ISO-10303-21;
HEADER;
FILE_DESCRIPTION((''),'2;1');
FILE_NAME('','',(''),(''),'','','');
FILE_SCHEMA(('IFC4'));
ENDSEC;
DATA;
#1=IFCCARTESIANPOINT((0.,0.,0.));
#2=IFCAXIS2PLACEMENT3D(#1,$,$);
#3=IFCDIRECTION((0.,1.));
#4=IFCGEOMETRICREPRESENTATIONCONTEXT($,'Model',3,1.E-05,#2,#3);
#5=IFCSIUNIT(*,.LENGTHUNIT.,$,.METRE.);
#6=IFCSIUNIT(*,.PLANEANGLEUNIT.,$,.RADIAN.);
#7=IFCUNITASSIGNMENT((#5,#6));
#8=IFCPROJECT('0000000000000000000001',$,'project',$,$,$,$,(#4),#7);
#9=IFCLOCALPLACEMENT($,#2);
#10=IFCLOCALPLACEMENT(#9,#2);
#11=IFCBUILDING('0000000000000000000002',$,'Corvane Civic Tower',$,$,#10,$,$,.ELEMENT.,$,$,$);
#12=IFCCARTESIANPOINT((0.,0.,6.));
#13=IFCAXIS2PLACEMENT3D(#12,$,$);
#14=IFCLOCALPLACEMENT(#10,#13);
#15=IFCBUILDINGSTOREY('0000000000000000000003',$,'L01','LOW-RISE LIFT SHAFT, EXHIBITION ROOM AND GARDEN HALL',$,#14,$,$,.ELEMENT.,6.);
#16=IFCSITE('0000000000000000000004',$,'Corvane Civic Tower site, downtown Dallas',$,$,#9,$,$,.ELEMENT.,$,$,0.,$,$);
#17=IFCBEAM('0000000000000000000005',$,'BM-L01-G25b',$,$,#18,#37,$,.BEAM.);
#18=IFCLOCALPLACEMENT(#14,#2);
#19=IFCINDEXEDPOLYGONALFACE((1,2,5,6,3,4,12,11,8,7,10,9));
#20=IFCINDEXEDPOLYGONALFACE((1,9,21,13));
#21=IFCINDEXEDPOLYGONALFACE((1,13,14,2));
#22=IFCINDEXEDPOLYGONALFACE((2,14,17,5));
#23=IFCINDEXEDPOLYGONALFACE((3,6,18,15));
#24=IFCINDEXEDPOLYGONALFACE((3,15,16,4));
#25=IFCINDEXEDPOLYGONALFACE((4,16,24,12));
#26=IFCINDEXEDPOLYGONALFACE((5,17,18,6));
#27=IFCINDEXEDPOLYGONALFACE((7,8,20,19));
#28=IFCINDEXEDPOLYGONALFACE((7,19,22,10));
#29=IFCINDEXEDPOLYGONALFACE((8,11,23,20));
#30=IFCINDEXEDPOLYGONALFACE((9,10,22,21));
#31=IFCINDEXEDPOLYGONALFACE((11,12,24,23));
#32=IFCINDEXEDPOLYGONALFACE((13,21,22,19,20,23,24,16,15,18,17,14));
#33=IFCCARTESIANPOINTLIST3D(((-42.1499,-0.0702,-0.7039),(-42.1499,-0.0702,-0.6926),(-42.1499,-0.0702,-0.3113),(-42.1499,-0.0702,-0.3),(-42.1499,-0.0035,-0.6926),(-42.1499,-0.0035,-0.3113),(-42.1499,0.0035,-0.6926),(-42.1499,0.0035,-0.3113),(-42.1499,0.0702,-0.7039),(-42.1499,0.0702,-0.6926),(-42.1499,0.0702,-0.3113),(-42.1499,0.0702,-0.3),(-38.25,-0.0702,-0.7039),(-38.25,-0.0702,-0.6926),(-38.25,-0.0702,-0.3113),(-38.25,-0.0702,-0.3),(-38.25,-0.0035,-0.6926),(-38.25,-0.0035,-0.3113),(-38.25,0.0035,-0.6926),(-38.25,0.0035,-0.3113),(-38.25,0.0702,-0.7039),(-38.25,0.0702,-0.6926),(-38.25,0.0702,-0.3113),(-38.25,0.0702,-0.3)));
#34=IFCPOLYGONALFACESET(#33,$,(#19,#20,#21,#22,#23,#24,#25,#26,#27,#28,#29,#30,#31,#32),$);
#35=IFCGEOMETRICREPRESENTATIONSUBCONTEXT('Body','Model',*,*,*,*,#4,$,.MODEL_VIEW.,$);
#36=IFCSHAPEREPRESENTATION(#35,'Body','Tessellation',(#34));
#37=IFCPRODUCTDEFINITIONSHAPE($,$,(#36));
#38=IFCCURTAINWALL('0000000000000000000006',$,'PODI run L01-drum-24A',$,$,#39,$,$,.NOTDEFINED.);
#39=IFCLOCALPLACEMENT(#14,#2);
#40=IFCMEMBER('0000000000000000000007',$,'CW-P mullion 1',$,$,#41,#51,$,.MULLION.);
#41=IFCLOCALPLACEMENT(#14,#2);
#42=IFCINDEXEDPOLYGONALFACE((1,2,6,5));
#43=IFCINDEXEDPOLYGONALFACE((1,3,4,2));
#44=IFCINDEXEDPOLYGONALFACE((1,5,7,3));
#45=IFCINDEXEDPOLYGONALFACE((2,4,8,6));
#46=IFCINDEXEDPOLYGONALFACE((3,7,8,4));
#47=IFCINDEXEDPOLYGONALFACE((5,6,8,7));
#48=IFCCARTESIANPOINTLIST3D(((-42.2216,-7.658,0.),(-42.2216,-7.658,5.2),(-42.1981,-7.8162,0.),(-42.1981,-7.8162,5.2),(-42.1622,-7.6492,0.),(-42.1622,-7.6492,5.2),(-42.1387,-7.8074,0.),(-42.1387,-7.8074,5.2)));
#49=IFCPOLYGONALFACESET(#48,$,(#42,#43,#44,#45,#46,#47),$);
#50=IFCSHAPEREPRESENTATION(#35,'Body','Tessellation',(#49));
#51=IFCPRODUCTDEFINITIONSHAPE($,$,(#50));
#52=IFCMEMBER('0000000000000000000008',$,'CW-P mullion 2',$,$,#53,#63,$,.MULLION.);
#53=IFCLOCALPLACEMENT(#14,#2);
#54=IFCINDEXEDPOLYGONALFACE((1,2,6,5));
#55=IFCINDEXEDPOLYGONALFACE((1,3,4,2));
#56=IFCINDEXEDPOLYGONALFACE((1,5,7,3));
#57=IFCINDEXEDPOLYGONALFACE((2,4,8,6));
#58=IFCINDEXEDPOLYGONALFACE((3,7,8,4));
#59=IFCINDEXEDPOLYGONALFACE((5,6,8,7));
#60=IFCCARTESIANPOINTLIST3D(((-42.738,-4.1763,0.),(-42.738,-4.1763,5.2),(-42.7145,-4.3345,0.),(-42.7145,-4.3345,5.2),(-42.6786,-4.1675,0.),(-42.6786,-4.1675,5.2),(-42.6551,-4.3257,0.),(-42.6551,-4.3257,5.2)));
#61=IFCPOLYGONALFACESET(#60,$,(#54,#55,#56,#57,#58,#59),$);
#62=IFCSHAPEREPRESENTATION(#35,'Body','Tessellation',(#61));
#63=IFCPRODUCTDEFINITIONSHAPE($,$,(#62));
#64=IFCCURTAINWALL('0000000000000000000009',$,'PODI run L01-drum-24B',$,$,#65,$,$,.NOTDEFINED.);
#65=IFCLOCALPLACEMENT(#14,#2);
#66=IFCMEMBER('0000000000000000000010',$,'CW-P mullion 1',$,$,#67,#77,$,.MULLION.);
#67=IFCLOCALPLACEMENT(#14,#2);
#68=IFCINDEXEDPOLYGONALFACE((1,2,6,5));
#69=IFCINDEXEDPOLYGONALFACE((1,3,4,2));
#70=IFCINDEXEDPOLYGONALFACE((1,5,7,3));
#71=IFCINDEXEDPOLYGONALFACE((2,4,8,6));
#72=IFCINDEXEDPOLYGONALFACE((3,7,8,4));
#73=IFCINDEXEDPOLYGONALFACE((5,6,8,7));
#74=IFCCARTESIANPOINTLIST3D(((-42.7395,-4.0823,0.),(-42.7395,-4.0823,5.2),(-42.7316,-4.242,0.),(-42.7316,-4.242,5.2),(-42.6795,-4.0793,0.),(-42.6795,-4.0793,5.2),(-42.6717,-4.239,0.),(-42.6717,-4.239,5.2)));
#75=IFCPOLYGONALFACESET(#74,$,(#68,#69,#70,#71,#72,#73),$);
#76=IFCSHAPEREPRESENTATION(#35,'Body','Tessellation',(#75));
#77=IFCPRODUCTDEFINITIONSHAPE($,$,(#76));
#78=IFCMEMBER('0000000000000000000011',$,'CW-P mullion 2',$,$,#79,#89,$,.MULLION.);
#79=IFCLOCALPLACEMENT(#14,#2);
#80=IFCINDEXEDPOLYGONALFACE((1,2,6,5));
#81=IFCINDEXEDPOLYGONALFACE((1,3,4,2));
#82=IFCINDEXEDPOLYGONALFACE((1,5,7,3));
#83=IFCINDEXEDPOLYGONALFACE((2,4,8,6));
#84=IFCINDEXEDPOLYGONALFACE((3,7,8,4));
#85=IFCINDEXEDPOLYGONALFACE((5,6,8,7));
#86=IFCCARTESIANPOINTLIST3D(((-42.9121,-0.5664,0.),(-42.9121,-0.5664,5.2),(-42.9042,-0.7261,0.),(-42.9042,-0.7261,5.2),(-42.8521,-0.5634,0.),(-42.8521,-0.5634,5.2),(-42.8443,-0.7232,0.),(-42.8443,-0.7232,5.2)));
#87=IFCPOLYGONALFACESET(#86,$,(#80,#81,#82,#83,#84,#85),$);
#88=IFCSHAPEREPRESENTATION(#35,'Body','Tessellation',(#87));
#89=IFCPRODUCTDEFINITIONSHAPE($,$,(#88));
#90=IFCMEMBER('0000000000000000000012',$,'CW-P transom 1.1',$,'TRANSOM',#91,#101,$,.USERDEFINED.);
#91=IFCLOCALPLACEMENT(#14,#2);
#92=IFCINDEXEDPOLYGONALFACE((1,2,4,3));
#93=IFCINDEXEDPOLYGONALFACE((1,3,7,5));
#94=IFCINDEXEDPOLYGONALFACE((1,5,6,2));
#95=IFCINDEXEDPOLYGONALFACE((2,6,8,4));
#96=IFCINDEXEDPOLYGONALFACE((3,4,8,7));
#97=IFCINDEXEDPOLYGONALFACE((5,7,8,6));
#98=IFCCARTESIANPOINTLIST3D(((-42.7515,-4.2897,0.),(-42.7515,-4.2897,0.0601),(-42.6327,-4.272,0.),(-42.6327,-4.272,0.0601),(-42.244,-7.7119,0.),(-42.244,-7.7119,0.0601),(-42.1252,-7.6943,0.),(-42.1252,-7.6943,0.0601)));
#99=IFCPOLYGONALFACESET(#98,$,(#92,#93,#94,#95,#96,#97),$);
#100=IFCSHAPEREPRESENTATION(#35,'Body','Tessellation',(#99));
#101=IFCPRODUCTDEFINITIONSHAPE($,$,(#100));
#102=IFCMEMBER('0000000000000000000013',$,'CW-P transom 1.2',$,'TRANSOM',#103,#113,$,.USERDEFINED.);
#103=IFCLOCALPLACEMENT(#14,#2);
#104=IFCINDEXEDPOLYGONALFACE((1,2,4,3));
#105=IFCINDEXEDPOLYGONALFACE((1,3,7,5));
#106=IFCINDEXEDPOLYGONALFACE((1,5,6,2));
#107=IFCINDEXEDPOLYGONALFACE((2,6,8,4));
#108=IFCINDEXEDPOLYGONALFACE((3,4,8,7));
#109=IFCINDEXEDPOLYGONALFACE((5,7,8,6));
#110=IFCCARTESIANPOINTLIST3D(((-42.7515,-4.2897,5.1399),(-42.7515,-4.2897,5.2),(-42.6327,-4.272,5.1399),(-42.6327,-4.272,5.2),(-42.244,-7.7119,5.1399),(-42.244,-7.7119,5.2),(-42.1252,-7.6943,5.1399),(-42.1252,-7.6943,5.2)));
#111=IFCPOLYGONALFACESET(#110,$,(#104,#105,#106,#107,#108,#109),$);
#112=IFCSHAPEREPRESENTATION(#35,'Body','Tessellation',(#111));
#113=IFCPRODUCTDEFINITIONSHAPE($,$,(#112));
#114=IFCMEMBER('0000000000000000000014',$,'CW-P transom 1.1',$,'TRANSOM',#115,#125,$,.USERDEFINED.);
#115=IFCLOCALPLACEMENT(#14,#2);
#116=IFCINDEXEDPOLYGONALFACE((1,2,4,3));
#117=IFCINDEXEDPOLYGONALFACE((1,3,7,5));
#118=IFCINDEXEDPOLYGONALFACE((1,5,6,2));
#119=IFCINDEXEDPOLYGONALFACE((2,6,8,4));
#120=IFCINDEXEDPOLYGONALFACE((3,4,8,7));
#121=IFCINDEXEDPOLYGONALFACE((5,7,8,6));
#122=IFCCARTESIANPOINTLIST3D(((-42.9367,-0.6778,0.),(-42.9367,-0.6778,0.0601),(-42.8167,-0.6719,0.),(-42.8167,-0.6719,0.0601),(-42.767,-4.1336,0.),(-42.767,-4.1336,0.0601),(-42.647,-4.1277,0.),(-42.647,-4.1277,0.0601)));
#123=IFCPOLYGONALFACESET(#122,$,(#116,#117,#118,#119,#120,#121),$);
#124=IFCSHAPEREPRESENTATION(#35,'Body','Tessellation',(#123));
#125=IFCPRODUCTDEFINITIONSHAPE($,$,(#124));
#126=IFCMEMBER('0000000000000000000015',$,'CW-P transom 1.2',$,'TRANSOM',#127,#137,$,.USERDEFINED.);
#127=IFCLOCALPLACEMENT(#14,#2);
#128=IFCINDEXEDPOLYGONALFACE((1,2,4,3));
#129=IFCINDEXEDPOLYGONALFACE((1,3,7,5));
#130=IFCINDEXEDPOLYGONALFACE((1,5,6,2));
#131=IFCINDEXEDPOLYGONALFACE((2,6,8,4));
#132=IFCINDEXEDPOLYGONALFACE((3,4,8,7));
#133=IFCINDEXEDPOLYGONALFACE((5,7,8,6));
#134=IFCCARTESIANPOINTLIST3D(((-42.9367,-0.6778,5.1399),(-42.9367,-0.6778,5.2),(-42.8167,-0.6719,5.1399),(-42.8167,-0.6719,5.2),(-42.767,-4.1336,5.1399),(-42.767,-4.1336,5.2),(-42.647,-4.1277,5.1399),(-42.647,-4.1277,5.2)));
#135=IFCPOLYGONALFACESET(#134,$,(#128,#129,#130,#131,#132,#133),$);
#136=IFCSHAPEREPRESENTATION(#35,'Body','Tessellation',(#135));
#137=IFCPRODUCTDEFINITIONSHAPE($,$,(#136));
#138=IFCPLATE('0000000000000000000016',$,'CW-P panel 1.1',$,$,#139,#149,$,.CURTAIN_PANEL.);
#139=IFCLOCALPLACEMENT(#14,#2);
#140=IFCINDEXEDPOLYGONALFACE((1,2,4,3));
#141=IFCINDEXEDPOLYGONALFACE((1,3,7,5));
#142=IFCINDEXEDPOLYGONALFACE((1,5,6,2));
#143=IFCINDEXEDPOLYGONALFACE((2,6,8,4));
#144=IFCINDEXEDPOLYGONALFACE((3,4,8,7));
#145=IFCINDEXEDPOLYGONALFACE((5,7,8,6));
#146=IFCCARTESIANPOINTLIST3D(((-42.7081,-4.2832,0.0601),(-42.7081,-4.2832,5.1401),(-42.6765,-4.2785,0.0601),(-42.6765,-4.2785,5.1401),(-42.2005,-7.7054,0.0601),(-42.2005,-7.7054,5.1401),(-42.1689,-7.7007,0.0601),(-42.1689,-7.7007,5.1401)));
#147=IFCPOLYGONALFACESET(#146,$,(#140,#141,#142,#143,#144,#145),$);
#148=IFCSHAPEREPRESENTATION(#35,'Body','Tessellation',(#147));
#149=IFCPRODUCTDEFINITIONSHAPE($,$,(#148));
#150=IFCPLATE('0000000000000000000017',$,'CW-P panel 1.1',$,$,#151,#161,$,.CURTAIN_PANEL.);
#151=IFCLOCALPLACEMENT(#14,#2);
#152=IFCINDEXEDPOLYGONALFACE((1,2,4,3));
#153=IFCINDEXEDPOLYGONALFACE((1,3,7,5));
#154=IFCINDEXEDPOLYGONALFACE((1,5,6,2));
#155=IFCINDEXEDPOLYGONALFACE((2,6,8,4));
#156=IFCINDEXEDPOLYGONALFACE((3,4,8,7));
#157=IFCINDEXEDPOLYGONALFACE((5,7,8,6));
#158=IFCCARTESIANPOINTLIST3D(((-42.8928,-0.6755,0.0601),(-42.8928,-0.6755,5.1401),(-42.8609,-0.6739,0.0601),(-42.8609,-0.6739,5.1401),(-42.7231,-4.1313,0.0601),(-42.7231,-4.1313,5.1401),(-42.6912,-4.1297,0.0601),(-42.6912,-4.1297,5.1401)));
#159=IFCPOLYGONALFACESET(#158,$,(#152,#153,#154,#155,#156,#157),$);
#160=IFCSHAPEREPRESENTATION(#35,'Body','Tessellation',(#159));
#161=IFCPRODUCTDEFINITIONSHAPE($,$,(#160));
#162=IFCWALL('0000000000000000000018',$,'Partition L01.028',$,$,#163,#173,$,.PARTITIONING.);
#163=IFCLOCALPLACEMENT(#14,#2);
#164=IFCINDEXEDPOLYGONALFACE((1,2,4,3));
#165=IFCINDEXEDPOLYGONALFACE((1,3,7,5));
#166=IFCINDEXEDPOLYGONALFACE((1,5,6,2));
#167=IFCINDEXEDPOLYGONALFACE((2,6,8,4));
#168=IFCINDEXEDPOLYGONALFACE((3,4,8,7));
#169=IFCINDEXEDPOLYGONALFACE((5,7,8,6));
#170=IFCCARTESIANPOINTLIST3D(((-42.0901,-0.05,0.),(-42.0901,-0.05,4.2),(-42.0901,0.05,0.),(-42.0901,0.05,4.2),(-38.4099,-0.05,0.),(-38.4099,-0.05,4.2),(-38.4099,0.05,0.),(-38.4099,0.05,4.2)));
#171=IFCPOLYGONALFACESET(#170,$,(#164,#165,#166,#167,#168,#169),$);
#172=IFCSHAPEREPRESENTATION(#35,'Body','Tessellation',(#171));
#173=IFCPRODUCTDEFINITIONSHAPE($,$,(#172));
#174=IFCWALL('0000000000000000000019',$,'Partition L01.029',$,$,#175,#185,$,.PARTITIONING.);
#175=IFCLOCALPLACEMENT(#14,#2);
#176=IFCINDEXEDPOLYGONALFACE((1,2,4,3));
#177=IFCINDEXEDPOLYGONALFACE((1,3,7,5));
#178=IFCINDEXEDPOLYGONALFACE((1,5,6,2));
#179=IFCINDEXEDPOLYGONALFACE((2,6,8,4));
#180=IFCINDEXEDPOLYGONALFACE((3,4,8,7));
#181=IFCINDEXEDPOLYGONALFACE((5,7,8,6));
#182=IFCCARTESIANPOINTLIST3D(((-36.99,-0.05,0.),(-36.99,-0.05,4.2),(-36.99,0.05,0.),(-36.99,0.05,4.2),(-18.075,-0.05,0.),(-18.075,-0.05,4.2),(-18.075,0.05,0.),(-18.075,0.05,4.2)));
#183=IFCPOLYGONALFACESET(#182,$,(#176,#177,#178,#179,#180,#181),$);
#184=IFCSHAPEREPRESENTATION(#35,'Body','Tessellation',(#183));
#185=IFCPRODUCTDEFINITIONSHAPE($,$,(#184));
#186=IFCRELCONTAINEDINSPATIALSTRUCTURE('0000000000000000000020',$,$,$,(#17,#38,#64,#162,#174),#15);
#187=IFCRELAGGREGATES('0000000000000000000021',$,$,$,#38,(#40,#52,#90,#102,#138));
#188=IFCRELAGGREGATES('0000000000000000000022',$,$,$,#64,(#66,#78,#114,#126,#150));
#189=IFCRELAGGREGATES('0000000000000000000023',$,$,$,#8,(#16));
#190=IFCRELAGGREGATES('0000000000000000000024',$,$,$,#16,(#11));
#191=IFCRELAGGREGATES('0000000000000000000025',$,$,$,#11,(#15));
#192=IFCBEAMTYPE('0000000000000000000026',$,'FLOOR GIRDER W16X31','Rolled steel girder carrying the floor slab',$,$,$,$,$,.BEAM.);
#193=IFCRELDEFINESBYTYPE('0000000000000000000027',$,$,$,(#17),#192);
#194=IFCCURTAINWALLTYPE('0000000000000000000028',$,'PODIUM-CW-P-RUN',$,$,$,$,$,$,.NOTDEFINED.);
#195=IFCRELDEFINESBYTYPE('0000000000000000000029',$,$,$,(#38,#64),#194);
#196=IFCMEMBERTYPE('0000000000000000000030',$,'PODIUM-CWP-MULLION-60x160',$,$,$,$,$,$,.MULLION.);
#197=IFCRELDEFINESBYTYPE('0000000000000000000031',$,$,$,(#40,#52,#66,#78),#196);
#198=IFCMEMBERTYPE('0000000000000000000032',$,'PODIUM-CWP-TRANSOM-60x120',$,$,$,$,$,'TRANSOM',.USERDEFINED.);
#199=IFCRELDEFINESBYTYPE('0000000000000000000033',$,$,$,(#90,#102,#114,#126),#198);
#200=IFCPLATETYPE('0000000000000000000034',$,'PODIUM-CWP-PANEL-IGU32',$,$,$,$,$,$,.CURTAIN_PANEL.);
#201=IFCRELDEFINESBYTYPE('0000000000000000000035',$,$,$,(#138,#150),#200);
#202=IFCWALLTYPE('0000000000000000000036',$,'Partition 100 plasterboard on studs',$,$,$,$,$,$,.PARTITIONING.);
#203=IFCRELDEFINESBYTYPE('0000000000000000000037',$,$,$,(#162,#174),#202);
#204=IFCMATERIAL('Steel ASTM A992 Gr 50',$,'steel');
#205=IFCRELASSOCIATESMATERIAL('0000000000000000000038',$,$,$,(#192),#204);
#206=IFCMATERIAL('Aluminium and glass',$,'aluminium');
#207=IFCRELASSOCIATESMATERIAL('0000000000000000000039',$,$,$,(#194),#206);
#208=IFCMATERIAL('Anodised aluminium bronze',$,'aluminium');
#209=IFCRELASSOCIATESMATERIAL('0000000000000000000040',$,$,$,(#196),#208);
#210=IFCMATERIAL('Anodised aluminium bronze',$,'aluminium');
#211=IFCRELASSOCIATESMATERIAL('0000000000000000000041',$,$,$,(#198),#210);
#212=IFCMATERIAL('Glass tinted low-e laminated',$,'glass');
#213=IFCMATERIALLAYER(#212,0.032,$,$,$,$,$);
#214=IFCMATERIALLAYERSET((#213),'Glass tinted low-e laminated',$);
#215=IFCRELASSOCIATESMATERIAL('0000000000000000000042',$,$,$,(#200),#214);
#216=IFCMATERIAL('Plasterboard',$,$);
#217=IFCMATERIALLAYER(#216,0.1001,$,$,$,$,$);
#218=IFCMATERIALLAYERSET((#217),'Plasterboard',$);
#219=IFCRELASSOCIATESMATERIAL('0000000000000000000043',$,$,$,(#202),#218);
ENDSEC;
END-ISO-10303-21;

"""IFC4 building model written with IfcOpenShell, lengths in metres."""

from ifc_helpers import new_model, si_unit, direction, frame, frame_2d, origin, origin_2d, place, context, subcontext, project, spatial, rectangle, i_section, extrude, material, layer, layer_set, material_profile, profile_set, type_object, element, aggregate, save


model = new_model("IFC4")

# Units and contexts
model_context = context("Model", 3, precision=1e-05, world=origin(), true_north=direction((0.0, 1.0)))
body_context = subcontext(model_context, "Body", "Model", "MODEL_VIEW")
ifc_project = project(units=[si_unit("LENGTHUNIT", "METRE"), si_unit("PLANEANGLEUNIT", "RADIAN")], contexts=[model_context])

# Site, building, storey
site_placement = place(None, origin())
site = spatial("IfcSite", under=ifc_project, at=site_placement, Name="Corvane Civic Tower site, downtown Dallas", CompositionType="ELEMENT", RefElevation=0.0)
building_placement = place(site_placement, origin())
building = spatial("IfcBuilding", under=site, at=building_placement, Name="Corvane Civic Tower", CompositionType="ELEMENT")
storey_placement = place(building_placement, frame((0.0, 0.0, 6.0)))
storey = spatial("IfcBuildingStorey", under=building, at=storey_placement, Name="L01", Description="LOW-RISE LIFT SHAFT, EXHIBITION ROOM AND GARDEN HALL", CompositionType="ELEMENT", Elevation=6.0)

# Beam
ifc_material_1 = material(Name="Steel ASTM A992 Gr 50", Category="steel")
ifc_material_profile_1 = material_profile(ifc_material_1, i_section(OverallWidth=0.1404, OverallDepth=0.4038, WebThickness=0.0071, FlangeThickness=0.0112, at=origin_2d()), Name="W16X31")
ifc_profile_set_1 = profile_set([ifc_material_profile_1], Name="Steel ASTM A992 Gr 50")
beam_type_1 = type_object("IfcBeamType", Name="FLOOR GIRDER W16X31", Description="Rolled steel girder carrying the floor slab", PredefinedType="BEAM", material=ifc_profile_set_1)
for number, where, z_axis, x_axis, name in (
    (1, (-38.25, 0.0, -0.502), (-1.0, 0.0, 0.0), (0.0, -1.0, 0.0), "BM-L01-G25b"),
):
    element("IfcBeam", number, at=place(storey_placement, frame(where, z_axis=z_axis, x_axis=x_axis)), inside=storey, type_object=beam_type_1, Name=name, PredefinedType="BEAM", context=body_context, shape_type="SweptSolid", body=[
        extrude(i_section(OverallWidth=0.1404, OverallDepth=0.4038, WebThickness=0.0071, FlangeThickness=0.0112, at=origin_2d()), origin(), (0.0, 0.0, 1.0), 3.8999),
    ])

# Curtain walls, members
ifc_material_2 = material(Name="Aluminium and glass", Category="aluminium")
curtain_wall_type = type_object("IfcCurtainWallType", Name="PODIUM-CW-P-RUN", PredefinedType="NOTDEFINED", material=ifc_material_2)
curtain_wall_1_placement = place(storey_placement, origin())
curtain_wall_1 = element("IfcCurtainWall", 2, at=curtain_wall_1_placement, inside=storey, type_object=curtain_wall_type, Name="PODI run L01-drum-24A", PredefinedType="NOTDEFINED")
ifc_material_3 = material(Name="Anodised aluminium bronze", Category="aluminium")
ifc_material_profile_2 = material_profile(ifc_material_3, rectangle(XDim=0.0601, YDim=0.1599, at=origin_2d()), Name="AL 60x160")
ifc_profile_set_2 = profile_set([ifc_material_profile_2], Name="Anodised aluminium bronze")
member_type_1 = type_object("IfcMemberType", Name="PODIUM-CWP-MULLION-60x160", PredefinedType="MULLION", material=ifc_profile_set_2)
member_1_placement = place(storey_placement, frame((-42.1802, -7.7327, 0.0), z_axis=(0.0, 0.0, 1.0), x_axis=(-0.989179, -0.146715, 0.0)))
member_1 = element("IfcMember", 3, at=member_1_placement, type_object=member_type_1, Name="CW-P mullion 1", PredefinedType="MULLION", context=body_context, shape_type="SweptSolid", body=[
    extrude(rectangle(XDim=0.0601, YDim=0.1599, at=origin_2d()), origin(), (0.0, 0.0, 1.0), 5.2),
])
member_2_placement = place(storey_placement, frame((-42.6965, -4.251, 0.0), z_axis=(0.0, 0.0, 1.0), x_axis=(-0.989179, -0.146715, 0.0)))
member_2 = element("IfcMember", 4, at=member_2_placement, type_object=member_type_1, Name="CW-P mullion 2", PredefinedType="MULLION", context=body_context, shape_type="SweptSolid", body=[
    extrude(rectangle(XDim=0.0601, YDim=0.1599, at=origin_2d()), origin(), (0.0, 0.0, 1.0), 5.2),
])
curtain_wall_2_placement = place(storey_placement, origin())
curtain_wall_2 = element("IfcCurtainWall", 5, at=curtain_wall_2_placement, inside=storey, type_object=curtain_wall_type, Name="PODI run L01-drum-24B", PredefinedType="NOTDEFINED")
member_3_placement = place(storey_placement, frame((-42.7056, -4.1606, 0.0), z_axis=(0.0, 0.0, 1.0), x_axis=(-0.998796, -0.04905, 0.0)))
member_3 = element("IfcMember", 6, at=member_3_placement, type_object=member_type_1, Name="CW-P mullion 1", PredefinedType="MULLION", context=body_context, shape_type="SweptSolid", body=[
    extrude(rectangle(XDim=0.0601, YDim=0.1599, at=origin_2d()), origin(), (0.0, 0.0, 1.0), 5.2),
])
member_4_placement = place(storey_placement, frame((-42.8782, -0.6448, 0.0), z_axis=(0.0, 0.0, 1.0), x_axis=(-0.998796, -0.04905, 0.0)))
member_4 = element("IfcMember", 7, at=member_4_placement, type_object=member_type_1, Name="CW-P mullion 2", PredefinedType="MULLION", context=body_context, shape_type="SweptSolid", body=[
    extrude(rectangle(XDim=0.0601, YDim=0.1599, at=origin_2d()), origin(), (0.0, 0.0, 1.0), 5.2),
])

# Members
ifc_material_4 = material(Name="Anodised aluminium bronze", Category="aluminium")
ifc_material_profile_3 = material_profile(ifc_material_4, rectangle(XDim=0.1201, YDim=0.0601, at=origin_2d()), Name="AL 120x60")
ifc_profile_set_3 = profile_set([ifc_material_profile_3], Name="Anodised aluminium bronze")
member_type_2 = type_object("IfcMemberType", Name="PODIUM-CWP-TRANSOM-60x120", ElementType="TRANSOM", PredefinedType="USERDEFINED", material=ifc_profile_set_3)
member_5_placement = place(storey_placement, frame((-42.1846, -7.7031, 0.03), z_axis=(-0.146705, 0.98918, 0.0), x_axis=(-0.98918, -0.146705, 0.0)))
member_5 = element("IfcMember", 8, at=member_5_placement, type_object=member_type_2, Name="CW-P transom 1.1", ObjectType="TRANSOM", PredefinedType="USERDEFINED", context=body_context, shape_type="SweptSolid", body=[
    extrude(rectangle(XDim=0.1201, YDim=0.0601, at=origin_2d()), origin(), (0.0, 0.0, 1.0), 3.4597),
])
member_6_placement = place(storey_placement, frame((-42.1846, -7.7031, 5.1699), z_axis=(-0.146705, 0.98918, 0.0), x_axis=(-0.98918, -0.146705, 0.0)))
member_6 = element("IfcMember", 9, at=member_6_placement, type_object=member_type_2, Name="CW-P transom 1.2", ObjectType="TRANSOM", PredefinedType="USERDEFINED", context=body_context, shape_type="SweptSolid", body=[
    extrude(rectangle(XDim=0.1201, YDim=0.0601, at=origin_2d()), origin(), (0.0, 0.0, 1.0), 3.4597),
])
member_7_placement = place(storey_placement, frame((-42.707, -4.1306, 0.03), z_axis=(-0.04904, 0.998797, 0.0), x_axis=(-0.998797, -0.04904, 0.0)))
member_7 = element("IfcMember", 10, at=member_7_placement, type_object=member_type_2, Name="CW-P transom 1.1", ObjectType="TRANSOM", PredefinedType="USERDEFINED", context=body_context, shape_type="SweptSolid", body=[
    extrude(rectangle(XDim=0.1201, YDim=0.0601, at=origin_2d()), origin(), (0.0, 0.0, 1.0), 3.46),
])
member_8_placement = place(storey_placement, frame((-42.707, -4.1306, 5.1699), z_axis=(-0.04904, 0.998797, 0.0), x_axis=(-0.998797, -0.04904, 0.0)))
member_8 = element("IfcMember", 11, at=member_8_placement, type_object=member_type_2, Name="CW-P transom 1.2", ObjectType="TRANSOM", PredefinedType="USERDEFINED", context=body_context, shape_type="SweptSolid", body=[
    extrude(rectangle(XDim=0.1201, YDim=0.0601, at=origin_2d()), origin(), (0.0, 0.0, 1.0), 3.46),
])

# Plates
ifc_material_5 = material(Name="Glass tinted low-e laminated", Category="glass")
ifc_layer_1 = layer(ifc_material_5, 0.032)
ifc_layer_set_1 = layer_set([ifc_layer_1], Name="Glass tinted low-e laminated")
plate_type = type_object("IfcPlateType", Name="PODIUM-CWP-PANEL-IGU32", PredefinedType="CURTAIN_PANEL", material=ifc_layer_set_1)
plate_1_placement = place(storey_placement, frame((-42.4385, -5.9919, 0.0601), z_axis=(0.0, 0.0, 1.0), x_axis=(-0.146715, 0.989179, 0.0)))
plate_1 = element("IfcPlate", 12, at=plate_1_placement, type_object=plate_type, Name="CW-P panel 1.1", PredefinedType="CURTAIN_PANEL", context=body_context, shape_type="SweptSolid", body=[
    extrude(rectangle(XDim=3.4597, YDim=0.032, at=origin_2d()), origin(), (0.0, 0.0, 1.0), 5.0801),
])
aggregate(curtain_wall_1, [member_1, member_2, member_5, member_6, plate_1])
plate_2_placement = place(storey_placement, frame((-42.792, -2.4026, 0.0601), z_axis=(0.0, 0.0, 1.0), x_axis=(-0.04905, 0.998796, 0.0)))
plate_2 = element("IfcPlate", 13, at=plate_2_placement, type_object=plate_type, Name="CW-P panel 1.1", PredefinedType="CURTAIN_PANEL", context=body_context, shape_type="SweptSolid", body=[
    extrude(rectangle(XDim=3.46, YDim=0.032, at=origin_2d()), origin(), (0.0, 0.0, 1.0), 5.0801),
])
aggregate(curtain_wall_2, [member_3, member_4, member_7, member_8, plate_2])

# Walls
ifc_material_6 = material(Name="Plasterboard")
ifc_layer_2 = layer(ifc_material_6, 0.1001)
ifc_layer_set_2 = layer_set([ifc_layer_2], Name="Plasterboard")
wall_type = type_object("IfcWallType", Name="Partition 100 plasterboard on studs", PredefinedType="PARTITIONING", material=ifc_layer_set_2)
wall_1_placement = place(storey_placement, frame((-42.0901, 0.0, 0.0), z_axis=(0.0, 0.0, 1.0), x_axis=(1.0, 0.0, 0.0)))
element("IfcWall", 14, at=wall_1_placement, inside=storey, type_object=wall_type, Name="Partition L01.028", PredefinedType="PARTITIONING", context=body_context, shape_type="SweptSolid", body=[
    extrude(rectangle(XDim=3.6802, YDim=0.1001, at=frame_2d((1.8401, 0.0))), origin(), (0.0, 0.0, 1.0), 4.2),
])
wall_2_placement = place(storey_placement, frame((-36.99, 0.0, 0.0), z_axis=(0.0, 0.0, 1.0), x_axis=(1.0, 0.0, 0.0)))
element("IfcWall", 15, at=wall_2_placement, inside=storey, type_object=wall_type, Name="Partition L01.029", PredefinedType="PARTITIONING", context=body_context, shape_type="SweptSolid", body=[
    extrude(rectangle(XDim=18.915, YDim=0.1001, at=frame_2d((9.4575, 0.0))), origin(), (0.0, 0.0, 1.0), 4.2),
])

save(model, "model.ifc")
